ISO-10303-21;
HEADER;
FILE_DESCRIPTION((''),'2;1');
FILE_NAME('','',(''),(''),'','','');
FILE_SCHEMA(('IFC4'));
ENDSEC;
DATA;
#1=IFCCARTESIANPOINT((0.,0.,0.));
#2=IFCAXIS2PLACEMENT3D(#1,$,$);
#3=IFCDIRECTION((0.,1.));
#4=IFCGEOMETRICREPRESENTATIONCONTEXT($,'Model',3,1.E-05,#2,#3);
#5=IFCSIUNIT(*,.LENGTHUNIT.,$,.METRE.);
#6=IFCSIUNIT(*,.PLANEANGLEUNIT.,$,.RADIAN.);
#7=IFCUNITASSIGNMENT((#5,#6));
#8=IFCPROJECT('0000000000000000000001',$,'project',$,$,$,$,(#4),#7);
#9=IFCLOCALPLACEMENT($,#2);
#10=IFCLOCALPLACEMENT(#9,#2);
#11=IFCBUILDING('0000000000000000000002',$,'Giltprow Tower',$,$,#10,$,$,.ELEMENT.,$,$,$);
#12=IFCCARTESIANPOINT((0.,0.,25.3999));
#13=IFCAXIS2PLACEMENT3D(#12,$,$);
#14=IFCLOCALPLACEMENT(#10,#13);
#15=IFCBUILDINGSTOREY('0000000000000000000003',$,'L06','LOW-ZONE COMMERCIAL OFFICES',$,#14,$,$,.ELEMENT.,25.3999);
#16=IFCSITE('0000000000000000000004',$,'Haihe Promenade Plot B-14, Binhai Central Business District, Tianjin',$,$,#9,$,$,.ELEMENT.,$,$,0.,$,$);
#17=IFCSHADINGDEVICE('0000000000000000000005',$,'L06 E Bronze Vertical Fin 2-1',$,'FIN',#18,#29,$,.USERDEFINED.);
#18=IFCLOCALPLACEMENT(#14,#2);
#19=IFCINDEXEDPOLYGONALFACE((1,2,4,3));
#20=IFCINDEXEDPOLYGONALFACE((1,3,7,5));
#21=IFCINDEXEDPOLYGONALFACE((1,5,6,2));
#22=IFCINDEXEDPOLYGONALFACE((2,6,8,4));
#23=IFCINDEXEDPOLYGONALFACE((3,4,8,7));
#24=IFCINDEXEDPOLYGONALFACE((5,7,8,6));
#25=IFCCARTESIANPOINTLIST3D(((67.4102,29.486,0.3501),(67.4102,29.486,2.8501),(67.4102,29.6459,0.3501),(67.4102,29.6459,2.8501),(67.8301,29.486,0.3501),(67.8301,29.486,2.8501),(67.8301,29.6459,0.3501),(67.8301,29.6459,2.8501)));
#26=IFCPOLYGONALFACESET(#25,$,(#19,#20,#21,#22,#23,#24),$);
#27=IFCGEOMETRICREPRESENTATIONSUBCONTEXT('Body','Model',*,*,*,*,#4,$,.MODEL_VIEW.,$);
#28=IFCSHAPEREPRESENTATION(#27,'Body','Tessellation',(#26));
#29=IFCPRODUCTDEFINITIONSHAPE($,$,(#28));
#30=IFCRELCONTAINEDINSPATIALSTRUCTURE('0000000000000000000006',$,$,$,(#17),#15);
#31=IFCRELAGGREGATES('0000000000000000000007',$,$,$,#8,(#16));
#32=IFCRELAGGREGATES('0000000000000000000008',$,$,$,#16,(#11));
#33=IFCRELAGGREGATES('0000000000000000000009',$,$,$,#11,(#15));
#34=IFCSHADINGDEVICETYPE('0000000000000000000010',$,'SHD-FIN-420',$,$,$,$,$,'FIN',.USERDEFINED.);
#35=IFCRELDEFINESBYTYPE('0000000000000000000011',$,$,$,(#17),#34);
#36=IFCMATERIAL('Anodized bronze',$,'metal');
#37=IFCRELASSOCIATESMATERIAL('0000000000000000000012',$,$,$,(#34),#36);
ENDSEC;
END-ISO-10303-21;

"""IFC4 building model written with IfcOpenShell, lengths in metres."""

from ifc_helpers import new_model, si_unit, direction, frame, origin, origin_2d, place, context, subcontext, project, spatial, rectangle, extrude, source, transform, mapped, material, type_object, element, save


model = new_model("IFC4")

# Units and contexts
model_context = context("Model", 3, precision=1e-05, world=origin(), true_north=direction((0.0, 1.0)))
body_context = subcontext(model_context, "Body", "Model", "MODEL_VIEW")
ifc_project = project(units=[si_unit("LENGTHUNIT", "METRE"), si_unit("PLANEANGLEUNIT", "RADIAN")], contexts=[model_context])

# Site, building, storey
site_placement = place(None, origin())
site = spatial("IfcSite", under=ifc_project, at=site_placement, Name="Haihe Promenade Plot B-14, Binhai Central Business District, Tianjin", CompositionType="ELEMENT", RefElevation=0.0)
building_placement = place(site_placement, origin())
building = spatial("IfcBuilding", under=site, at=building_placement, Name="Giltprow Tower", CompositionType="ELEMENT")
storey_placement = place(building_placement, frame((0.0, 0.0, 25.3999)))
storey = spatial("IfcBuildingStorey", under=building, at=storey_placement, Name="L06", Description="LOW-ZONE COMMERCIAL OFFICES", CompositionType="ELEMENT", Elevation=25.3999)

# Shared definitions
ifc_material_1 = material(Name="Anodized bronze", Category="metal")

# Shading device
shading_device_type = type_object("IfcShadingDeviceType", Name="SHD-FIN-420", ElementType="FIN", PredefinedType="USERDEFINED", material=ifc_material_1)
shared_shape_1 = source(origin(), body_context, "Body", "SweptSolid", [
    extrude(rectangle(XDim=0.4199, YDim=0.1599, at=origin_2d()), origin(), (0.0, 0.0, 1.0), 2.5),
])
shading_device_placement = place(storey_placement, frame((67.6201, 29.5659, 0.3501), z_axis=(0.0, 0.0, 1.0), x_axis=(1.0, 0.0, 0.0)))
element("IfcShadingDevice", 1, at=shading_device_placement, inside=storey, type_object=shading_device_type, Name="L06 E Bronze Vertical Fin 2-1", ObjectType="FIN", PredefinedType="USERDEFINED", context=body_context, shape_type="MappedRepresentation", body=[
    mapped(shared_shape_1, transform((0.0, 0.0, 0.0), x_axis=(1.0, 0.0, 0.0), y_axis=(0.0, 1.0, 0.0), z_axis=(0.0, 0.0, 1.0), scale=1.0)),
])

save(model, "model.ifc")
